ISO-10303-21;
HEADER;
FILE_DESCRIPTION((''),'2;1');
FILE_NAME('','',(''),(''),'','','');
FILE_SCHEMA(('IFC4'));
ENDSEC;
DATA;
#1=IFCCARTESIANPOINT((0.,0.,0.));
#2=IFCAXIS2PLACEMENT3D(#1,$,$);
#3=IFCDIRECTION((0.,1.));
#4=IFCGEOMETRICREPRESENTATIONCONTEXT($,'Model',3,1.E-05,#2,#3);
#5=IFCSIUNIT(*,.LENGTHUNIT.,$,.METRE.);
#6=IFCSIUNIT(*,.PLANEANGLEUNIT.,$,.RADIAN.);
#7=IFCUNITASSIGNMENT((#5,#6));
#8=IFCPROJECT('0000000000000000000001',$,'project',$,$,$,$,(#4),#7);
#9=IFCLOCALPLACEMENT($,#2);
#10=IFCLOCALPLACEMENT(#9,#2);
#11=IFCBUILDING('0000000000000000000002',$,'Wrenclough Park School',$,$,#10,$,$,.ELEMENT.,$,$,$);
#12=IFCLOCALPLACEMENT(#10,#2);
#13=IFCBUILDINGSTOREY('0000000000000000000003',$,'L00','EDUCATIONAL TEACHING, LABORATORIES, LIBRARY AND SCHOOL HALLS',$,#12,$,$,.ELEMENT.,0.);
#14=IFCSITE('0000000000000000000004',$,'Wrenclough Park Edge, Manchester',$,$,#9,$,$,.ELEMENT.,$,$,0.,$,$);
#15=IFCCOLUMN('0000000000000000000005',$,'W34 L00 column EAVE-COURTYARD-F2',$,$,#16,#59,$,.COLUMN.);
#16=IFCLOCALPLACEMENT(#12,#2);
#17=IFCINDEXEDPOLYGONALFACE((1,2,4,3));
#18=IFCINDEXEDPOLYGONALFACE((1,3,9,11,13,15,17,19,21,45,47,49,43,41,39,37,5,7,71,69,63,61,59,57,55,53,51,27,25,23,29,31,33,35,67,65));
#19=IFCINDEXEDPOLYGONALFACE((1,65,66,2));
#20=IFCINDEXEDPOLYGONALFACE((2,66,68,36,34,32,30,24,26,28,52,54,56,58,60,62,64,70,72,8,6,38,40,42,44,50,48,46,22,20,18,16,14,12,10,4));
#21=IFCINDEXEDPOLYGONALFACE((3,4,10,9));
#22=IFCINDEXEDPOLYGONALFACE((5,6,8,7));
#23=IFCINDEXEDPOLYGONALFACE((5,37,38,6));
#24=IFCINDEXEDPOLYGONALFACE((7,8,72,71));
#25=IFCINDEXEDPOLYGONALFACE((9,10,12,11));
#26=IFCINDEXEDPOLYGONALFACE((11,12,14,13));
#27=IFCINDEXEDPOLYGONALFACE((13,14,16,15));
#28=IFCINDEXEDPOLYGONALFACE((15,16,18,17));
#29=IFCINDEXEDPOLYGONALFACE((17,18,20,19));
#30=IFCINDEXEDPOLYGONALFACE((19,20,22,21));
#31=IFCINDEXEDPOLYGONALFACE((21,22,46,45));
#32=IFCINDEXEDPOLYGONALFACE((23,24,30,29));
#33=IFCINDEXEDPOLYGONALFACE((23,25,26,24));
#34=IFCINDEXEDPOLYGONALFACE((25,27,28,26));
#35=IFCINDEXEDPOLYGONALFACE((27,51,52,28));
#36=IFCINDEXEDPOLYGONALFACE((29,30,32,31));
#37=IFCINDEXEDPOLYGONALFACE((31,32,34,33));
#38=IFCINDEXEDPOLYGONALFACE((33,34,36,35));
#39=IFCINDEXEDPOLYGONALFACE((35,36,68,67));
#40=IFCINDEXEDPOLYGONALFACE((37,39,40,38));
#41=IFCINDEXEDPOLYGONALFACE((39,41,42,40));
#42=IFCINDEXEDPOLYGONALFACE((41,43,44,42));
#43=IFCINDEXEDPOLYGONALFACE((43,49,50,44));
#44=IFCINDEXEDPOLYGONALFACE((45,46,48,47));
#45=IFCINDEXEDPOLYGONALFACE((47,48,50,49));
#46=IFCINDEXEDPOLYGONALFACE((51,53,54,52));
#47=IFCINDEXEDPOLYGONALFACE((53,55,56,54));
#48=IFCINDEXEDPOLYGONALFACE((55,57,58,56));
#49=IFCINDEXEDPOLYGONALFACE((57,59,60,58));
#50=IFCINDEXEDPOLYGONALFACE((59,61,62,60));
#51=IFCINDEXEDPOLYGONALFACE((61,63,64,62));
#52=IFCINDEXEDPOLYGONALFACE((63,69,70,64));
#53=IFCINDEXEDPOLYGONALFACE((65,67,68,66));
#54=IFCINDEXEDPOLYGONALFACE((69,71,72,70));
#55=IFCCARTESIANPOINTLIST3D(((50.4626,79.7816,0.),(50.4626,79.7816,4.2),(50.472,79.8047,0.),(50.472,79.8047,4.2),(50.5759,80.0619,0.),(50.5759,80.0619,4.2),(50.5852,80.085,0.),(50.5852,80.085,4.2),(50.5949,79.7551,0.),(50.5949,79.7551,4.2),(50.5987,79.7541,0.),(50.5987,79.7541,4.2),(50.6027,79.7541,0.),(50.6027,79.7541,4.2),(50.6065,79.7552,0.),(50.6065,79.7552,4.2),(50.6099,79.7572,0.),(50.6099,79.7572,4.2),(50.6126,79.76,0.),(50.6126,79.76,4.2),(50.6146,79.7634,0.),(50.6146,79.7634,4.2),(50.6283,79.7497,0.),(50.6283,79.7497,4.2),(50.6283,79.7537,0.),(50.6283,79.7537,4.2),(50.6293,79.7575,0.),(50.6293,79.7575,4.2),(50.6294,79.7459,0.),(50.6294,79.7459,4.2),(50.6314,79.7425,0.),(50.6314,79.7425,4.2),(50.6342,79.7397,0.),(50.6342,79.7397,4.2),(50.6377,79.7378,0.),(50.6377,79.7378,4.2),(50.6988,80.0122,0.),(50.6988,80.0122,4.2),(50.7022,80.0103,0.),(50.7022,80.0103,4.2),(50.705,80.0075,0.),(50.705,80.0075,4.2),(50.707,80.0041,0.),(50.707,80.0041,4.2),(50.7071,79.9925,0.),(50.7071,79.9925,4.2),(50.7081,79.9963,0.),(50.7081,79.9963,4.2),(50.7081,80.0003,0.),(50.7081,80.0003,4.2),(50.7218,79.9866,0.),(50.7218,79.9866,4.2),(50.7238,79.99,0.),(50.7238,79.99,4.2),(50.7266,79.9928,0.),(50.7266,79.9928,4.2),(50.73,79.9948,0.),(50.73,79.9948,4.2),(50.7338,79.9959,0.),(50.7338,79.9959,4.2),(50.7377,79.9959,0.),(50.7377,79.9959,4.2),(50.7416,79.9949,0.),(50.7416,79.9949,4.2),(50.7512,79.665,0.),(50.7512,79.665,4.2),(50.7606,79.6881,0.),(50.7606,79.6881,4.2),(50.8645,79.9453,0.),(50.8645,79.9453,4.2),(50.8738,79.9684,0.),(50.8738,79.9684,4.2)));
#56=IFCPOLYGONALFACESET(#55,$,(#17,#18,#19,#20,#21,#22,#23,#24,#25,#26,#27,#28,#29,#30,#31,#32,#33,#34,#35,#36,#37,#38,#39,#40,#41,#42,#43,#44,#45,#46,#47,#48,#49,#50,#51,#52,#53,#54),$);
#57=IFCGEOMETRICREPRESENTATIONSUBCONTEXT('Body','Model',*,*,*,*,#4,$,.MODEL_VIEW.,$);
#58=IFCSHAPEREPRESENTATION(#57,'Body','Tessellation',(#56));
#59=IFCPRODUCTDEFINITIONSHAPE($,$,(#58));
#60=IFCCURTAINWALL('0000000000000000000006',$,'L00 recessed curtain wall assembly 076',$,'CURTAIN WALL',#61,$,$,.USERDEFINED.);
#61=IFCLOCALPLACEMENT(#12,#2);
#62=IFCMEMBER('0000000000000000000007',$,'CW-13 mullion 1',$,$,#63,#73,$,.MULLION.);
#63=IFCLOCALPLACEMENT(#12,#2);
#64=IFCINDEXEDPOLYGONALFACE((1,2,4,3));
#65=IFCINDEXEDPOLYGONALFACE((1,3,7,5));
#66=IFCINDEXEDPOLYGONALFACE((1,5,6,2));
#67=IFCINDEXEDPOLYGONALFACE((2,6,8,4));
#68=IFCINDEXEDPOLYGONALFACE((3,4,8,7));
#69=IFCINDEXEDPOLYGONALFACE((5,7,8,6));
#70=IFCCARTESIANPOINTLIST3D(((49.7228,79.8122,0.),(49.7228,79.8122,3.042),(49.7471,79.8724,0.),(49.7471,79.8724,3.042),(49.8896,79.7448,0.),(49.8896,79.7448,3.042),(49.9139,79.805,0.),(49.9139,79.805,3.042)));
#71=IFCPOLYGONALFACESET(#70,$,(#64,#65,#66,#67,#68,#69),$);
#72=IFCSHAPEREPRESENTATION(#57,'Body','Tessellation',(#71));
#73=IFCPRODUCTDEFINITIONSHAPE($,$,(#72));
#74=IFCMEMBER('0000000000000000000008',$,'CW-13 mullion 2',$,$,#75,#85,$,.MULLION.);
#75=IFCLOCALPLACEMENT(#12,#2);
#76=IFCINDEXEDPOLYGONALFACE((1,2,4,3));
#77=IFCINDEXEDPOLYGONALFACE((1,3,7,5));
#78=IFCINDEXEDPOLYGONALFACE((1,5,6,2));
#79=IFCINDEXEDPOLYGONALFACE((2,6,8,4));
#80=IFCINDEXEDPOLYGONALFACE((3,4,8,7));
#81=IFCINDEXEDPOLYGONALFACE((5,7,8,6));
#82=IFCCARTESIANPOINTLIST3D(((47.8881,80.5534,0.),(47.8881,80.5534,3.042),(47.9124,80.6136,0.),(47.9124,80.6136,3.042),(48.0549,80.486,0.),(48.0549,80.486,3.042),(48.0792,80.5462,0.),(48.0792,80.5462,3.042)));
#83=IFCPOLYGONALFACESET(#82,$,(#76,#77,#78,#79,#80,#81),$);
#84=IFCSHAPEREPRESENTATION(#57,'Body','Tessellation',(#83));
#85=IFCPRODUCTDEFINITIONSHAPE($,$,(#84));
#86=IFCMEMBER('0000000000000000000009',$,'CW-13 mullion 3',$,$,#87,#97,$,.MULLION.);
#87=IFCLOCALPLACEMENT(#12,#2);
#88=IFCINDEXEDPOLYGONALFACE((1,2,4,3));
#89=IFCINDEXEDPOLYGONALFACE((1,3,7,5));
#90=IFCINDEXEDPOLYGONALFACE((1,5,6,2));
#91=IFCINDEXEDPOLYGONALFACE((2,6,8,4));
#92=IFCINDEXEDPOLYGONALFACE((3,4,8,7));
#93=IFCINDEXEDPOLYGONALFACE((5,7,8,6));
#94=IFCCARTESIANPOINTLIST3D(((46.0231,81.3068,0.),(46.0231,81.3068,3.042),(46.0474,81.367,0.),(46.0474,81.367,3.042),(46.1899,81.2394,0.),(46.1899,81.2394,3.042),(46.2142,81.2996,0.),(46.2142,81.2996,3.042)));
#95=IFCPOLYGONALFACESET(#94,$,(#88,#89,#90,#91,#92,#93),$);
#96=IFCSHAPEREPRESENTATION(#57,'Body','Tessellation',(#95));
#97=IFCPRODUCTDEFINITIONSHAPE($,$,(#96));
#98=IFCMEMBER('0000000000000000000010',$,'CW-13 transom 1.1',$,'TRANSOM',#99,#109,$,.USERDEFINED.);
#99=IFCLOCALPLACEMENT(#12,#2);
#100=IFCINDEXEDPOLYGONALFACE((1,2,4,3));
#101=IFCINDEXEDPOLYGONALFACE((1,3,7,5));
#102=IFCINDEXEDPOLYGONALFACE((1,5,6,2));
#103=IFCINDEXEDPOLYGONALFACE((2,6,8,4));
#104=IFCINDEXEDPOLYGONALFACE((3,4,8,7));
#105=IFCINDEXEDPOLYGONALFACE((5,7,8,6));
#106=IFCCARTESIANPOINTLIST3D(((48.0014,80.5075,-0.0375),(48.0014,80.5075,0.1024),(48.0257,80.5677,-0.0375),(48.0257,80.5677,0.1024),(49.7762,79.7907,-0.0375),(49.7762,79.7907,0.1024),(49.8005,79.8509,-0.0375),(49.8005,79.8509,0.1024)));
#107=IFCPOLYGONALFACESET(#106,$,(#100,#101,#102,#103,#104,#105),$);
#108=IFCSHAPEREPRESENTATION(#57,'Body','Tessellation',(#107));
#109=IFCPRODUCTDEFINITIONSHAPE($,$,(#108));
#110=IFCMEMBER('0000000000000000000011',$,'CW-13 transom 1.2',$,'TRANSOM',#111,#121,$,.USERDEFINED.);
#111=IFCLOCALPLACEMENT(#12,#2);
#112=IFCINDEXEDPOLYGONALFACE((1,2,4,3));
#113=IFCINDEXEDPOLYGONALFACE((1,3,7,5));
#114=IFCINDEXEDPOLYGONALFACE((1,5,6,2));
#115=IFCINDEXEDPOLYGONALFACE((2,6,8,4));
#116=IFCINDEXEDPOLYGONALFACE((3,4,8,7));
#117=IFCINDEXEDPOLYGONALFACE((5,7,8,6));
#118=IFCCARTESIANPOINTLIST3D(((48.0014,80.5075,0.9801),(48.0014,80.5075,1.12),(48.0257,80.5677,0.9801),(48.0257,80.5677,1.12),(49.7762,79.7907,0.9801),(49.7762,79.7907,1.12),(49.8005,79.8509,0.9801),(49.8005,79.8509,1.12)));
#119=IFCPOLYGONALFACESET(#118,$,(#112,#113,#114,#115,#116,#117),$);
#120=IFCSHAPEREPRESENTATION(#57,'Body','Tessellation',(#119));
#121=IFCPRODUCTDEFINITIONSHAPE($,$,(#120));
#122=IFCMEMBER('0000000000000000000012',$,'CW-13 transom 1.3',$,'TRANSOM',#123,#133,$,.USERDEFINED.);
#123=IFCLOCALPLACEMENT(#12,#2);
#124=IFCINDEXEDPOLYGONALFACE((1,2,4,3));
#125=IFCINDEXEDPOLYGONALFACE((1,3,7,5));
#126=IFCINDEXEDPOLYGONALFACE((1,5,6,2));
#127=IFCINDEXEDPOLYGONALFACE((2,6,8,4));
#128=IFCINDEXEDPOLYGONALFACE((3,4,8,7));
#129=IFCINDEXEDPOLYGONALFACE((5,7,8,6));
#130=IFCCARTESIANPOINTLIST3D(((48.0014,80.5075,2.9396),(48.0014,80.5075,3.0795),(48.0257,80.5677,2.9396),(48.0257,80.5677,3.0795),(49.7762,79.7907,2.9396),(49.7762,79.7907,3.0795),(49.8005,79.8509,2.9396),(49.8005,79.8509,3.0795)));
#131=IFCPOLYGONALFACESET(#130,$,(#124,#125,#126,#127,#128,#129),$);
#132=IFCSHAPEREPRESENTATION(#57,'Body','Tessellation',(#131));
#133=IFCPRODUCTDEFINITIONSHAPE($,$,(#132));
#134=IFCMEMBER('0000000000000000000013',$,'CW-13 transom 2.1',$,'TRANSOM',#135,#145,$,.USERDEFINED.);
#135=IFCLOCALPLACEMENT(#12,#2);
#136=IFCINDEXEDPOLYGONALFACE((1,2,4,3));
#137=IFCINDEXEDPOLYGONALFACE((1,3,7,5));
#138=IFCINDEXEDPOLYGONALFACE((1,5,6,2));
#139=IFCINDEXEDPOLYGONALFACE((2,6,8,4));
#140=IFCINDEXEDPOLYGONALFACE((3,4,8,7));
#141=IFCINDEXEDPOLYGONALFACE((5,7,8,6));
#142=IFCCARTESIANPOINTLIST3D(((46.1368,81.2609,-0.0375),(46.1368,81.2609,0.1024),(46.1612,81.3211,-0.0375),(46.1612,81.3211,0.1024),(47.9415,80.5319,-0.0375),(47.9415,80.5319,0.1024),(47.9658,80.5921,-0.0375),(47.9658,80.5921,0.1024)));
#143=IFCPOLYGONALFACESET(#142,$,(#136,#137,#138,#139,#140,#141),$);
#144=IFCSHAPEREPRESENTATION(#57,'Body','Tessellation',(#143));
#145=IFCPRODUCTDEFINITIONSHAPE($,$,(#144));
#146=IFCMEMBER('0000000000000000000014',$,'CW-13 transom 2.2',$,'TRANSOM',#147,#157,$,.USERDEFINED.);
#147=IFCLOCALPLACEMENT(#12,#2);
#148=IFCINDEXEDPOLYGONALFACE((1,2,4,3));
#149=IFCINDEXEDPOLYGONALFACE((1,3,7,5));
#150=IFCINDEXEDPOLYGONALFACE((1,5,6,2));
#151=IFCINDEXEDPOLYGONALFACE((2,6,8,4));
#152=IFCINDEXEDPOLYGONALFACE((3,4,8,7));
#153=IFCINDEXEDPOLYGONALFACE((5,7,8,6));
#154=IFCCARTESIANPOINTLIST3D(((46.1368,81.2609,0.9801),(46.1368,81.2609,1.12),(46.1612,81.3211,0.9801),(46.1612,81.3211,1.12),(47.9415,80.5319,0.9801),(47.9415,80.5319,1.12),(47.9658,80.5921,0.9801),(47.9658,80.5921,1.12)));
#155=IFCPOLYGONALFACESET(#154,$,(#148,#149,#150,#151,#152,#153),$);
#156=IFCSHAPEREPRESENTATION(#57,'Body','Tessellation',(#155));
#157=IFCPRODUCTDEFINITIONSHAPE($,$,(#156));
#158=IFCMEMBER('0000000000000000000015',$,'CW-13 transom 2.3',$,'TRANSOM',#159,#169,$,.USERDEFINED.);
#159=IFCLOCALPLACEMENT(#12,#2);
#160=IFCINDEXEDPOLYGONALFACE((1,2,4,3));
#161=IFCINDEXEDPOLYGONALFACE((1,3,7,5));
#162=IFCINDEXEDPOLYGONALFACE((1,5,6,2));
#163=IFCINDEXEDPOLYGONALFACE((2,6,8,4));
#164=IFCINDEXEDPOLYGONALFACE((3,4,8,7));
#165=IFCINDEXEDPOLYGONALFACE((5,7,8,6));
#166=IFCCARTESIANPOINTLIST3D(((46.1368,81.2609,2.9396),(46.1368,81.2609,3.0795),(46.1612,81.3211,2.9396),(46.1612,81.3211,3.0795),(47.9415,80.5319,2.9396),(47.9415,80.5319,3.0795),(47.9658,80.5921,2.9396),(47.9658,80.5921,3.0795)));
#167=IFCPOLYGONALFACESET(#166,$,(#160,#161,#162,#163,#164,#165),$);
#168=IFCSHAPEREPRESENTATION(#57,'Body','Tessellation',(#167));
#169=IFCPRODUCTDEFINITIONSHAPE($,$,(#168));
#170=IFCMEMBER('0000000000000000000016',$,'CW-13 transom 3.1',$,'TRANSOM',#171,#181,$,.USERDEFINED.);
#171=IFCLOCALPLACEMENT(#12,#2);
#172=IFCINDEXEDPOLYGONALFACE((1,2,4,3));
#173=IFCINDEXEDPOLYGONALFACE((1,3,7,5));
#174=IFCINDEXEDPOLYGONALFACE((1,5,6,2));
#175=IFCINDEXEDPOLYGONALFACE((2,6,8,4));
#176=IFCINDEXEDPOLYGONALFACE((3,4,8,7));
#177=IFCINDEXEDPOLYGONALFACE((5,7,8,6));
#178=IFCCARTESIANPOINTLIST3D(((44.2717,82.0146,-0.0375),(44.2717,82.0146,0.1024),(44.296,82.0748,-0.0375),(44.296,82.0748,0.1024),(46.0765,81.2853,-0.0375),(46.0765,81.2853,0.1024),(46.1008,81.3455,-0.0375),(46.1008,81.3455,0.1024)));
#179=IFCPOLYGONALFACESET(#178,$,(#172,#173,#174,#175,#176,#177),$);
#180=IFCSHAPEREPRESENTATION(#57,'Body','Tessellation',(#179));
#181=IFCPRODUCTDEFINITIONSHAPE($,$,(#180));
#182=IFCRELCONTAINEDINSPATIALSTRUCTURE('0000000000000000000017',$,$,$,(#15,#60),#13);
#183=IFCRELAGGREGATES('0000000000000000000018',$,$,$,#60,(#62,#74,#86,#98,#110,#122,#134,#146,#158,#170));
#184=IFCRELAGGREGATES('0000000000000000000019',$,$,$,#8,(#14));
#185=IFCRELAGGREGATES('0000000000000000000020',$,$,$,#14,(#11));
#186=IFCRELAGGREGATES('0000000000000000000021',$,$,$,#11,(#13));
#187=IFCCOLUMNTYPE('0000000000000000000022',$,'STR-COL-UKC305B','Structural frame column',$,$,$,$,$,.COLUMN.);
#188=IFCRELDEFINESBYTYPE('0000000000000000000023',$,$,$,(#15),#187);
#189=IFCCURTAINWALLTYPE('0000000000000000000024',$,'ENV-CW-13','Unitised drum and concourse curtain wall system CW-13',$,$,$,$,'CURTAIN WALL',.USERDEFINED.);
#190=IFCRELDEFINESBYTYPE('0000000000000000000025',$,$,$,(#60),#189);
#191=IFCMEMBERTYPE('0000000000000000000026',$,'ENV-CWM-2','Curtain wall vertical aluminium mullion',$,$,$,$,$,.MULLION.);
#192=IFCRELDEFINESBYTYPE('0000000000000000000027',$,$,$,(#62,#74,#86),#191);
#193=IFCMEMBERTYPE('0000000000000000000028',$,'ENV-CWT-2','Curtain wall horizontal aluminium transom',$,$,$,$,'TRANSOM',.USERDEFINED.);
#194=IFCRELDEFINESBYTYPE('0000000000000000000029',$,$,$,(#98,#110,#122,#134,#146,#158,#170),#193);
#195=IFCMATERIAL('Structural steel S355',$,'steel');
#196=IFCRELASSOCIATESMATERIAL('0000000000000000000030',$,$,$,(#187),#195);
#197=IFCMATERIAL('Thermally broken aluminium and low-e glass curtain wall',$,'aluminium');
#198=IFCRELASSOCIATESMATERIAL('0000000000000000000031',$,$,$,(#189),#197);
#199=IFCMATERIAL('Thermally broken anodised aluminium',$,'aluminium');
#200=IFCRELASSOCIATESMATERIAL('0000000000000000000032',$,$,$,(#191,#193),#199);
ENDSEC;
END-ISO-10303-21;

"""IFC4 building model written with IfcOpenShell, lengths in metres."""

from ifc_helpers import new_model, si_unit, direction, frame, origin, origin_2d, place, context, subcontext, project, spatial, rectangle, i_section, extrude, material, material_profile, profile_set, type_object, element, aggregate, save


model = new_model("IFC4")

# Units and contexts
model_context = context("Model", 3, precision=1e-05, world=origin(), true_north=direction((0.0, 1.0)))
body_context = subcontext(model_context, "Body", "Model", "MODEL_VIEW")
ifc_project = project(units=[si_unit("LENGTHUNIT", "METRE"), si_unit("PLANEANGLEUNIT", "RADIAN")], contexts=[model_context])

# Site, building, storey
site_placement = place(None, origin())
site = spatial("IfcSite", under=ifc_project, at=site_placement, Name="Wrenclough Park Edge, Manchester", CompositionType="ELEMENT", RefElevation=0.0)
building_placement = place(site_placement, origin())
building = spatial("IfcBuilding", under=site, at=building_placement, Name="Wrenclough Park School", CompositionType="ELEMENT")
storey_placement = place(building_placement, origin())
storey = spatial("IfcBuildingStorey", under=building, at=storey_placement, Name="L00", Description="EDUCATIONAL TEACHING, LABORATORIES, LIBRARY AND SCHOOL HALLS", CompositionType="ELEMENT", Elevation=0.0)

# Column
ifc_material_1 = material(Name="Structural steel S355", Category="steel")
ifc_material_profile_1 = material_profile(ifc_material_1, i_section(OverallWidth=0.3113, OverallDepth=0.3271, WebThickness=0.0159, FlangeThickness=0.0249, FilletRadius=0.0151, at=origin_2d()), Name="UKC 305x305x158")
ifc_profile_set_1 = profile_set([ifc_material_profile_1], Name="Structural steel S355")
column_type = type_object("IfcColumnType", Name="STR-COL-UKC305B", Description="Structural frame column", PredefinedType="COLUMN", material=ifc_profile_set_1)
column_placement = place(storey_placement, frame((50.6682, 79.875, 0.0), z_axis=(0.0, 0.0, 1.0), x_axis=(0.927184, -0.374607, 0.0)))
element("IfcColumn", 1, at=column_placement, inside=storey, type_object=column_type, Name="W34 L00 column EAVE-COURTYARD-F2", PredefinedType="COLUMN", context=body_context, shape_type="SweptSolid", body=[
    extrude(i_section(OverallWidth=0.3113, OverallDepth=0.3271, WebThickness=0.0159, FlangeThickness=0.0249, FilletRadius=0.0151, at=origin_2d()), origin(), (0.0, 0.0, 1.0), 4.2),
])

# Curtain wall, members
ifc_material_2 = material(Name="Thermally broken aluminium and low-e glass curtain wall", Category="aluminium")
curtain_wall_type = type_object("IfcCurtainWallType", Name="ENV-CW-13", Description="Unitised drum and concourse curtain wall system CW-13", ElementType="CURTAIN WALL", PredefinedType="USERDEFINED", material=ifc_material_2)
curtain_wall_placement = place(storey_placement, origin())
curtain_wall = element("IfcCurtainWall", 2, at=curtain_wall_placement, inside=storey, type_object=curtain_wall_type, Name="L00 recessed curtain wall assembly 076", ObjectType="CURTAIN WALL", PredefinedType="USERDEFINED")
ifc_material_3 = material(Name="Thermally broken anodised aluminium", Category="aluminium")
ifc_material_profile_2 = material_profile(ifc_material_3, rectangle(XDim=0.0649, YDim=0.1799, at=origin_2d()), Name="AL MULLION 65x180")
ifc_profile_set_2 = profile_set([ifc_material_profile_2], Name="Thermally broken anodised aluminium")
member_type_1 = type_object("IfcMemberType", Name="ENV-CWM-2", Description="Curtain wall vertical aluminium mullion", PredefinedType="MULLION", material=ifc_profile_set_2)
member_1_placement = place(storey_placement, frame((49.8184, 79.8086, 0.0), z_axis=(0.0, 0.0, 1.0), x_axis=(-0.374603, -0.927185, 0.0)))
member_1 = element("IfcMember", 3, at=member_1_placement, type_object=member_type_1, Name="CW-13 mullion 1", PredefinedType="MULLION", context=body_context, shape_type="SweptSolid", body=[
    extrude(rectangle(XDim=0.0649, YDim=0.1799, at=origin_2d()), origin(), (0.0, 0.0, 1.0), 3.042),
])
member_2_placement = place(storey_placement, frame((47.9836, 80.5498, 0.0), z_axis=(0.0, 0.0, 1.0), x_axis=(-0.374603, -0.927185, 0.0)))
member_2 = element("IfcMember", 4, at=member_2_placement, type_object=member_type_1, Name="CW-13 mullion 2", PredefinedType="MULLION", context=body_context, shape_type="SweptSolid", body=[
    extrude(rectangle(XDim=0.0649, YDim=0.1799, at=origin_2d()), origin(), (0.0, 0.0, 1.0), 3.042),
])
member_3_placement = place(storey_placement, frame((46.1187, 81.3032, 0.0), z_axis=(0.0, 0.0, 1.0), x_axis=(-0.374603, -0.927185, 0.0)))
member_3 = element("IfcMember", 5, at=member_3_placement, type_object=member_type_1, Name="CW-13 mullion 3", PredefinedType="MULLION", context=body_context, shape_type="SweptSolid", body=[
    extrude(rectangle(XDim=0.0649, YDim=0.1799, at=origin_2d()), origin(), (0.0, 0.0, 1.0), 3.042),
])
ifc_material_profile_3 = material_profile(ifc_material_3, rectangle(XDim=0.0649, YDim=0.1399, at=origin_2d()), Name="AL TRANSOM 65x140")
ifc_profile_set_3 = profile_set([ifc_material_profile_3], Name="Thermally broken anodised aluminium")
member_type_2 = type_object("IfcMemberType", Name="ENV-CWT-2", Description="Curtain wall horizontal aluminium transom", ElementType="TRANSOM", PredefinedType="USERDEFINED", material=ifc_profile_set_3)
member_4_placement = place(storey_placement, frame((49.7883, 79.8208, 0.0325), z_axis=(-0.927222, 0.374512, 0.0), x_axis=(-0.374512, -0.927222, 0.0)))
member_4 = element("IfcMember", 6, at=member_4_placement, type_object=member_type_2, Name="CW-13 transom 1.1", ObjectType="TRANSOM", PredefinedType="USERDEFINED", context=body_context, shape_type="SweptSolid", body=[
    extrude(rectangle(XDim=0.0649, YDim=0.1399, at=origin_2d()), origin(), (0.0, 0.0, 1.0), 1.9141),
])
member_5_placement = place(storey_placement, frame((49.7883, 79.8208, 1.05), z_axis=(-0.927222, 0.374512, 0.0), x_axis=(-0.374512, -0.927222, 0.0)))
member_5 = element("IfcMember", 7, at=member_5_placement, type_object=member_type_2, Name="CW-13 transom 1.2", ObjectType="TRANSOM", PredefinedType="USERDEFINED", context=body_context, shape_type="SweptSolid", body=[
    extrude(rectangle(XDim=0.0649, YDim=0.1399, at=origin_2d()), origin(), (0.0, 0.0, 1.0), 1.9141),
])
member_6_placement = place(storey_placement, frame((49.7883, 79.8208, 3.0095), z_axis=(-0.927222, 0.374512, 0.0), x_axis=(-0.374512, -0.927222, 0.0)))
member_6 = element("IfcMember", 8, at=member_6_placement, type_object=member_type_2, Name="CW-13 transom 1.3", ObjectType="TRANSOM", PredefinedType="USERDEFINED", context=body_context, shape_type="SweptSolid", body=[
    extrude(rectangle(XDim=0.0649, YDim=0.1399, at=origin_2d()), origin(), (0.0, 0.0, 1.0), 1.9141),
])
member_7_placement = place(storey_placement, frame((47.9536, 80.562, 0.0325), z_axis=(-0.927208, 0.374546, 0.0), x_axis=(-0.374546, -0.927208, 0.0)))
member_7 = element("IfcMember", 9, at=member_7_placement, type_object=member_type_2, Name="CW-13 transom 2.1", ObjectType="TRANSOM", PredefinedType="USERDEFINED", context=body_context, shape_type="SweptSolid", body=[
    extrude(rectangle(XDim=0.0649, YDim=0.1399, at=origin_2d()), origin(), (0.0, 0.0, 1.0), 1.9463),
])
member_8_placement = place(storey_placement, frame((47.9536, 80.562, 1.05), z_axis=(-0.927208, 0.374546, 0.0), x_axis=(-0.374546, -0.927208, 0.0)))
member_8 = element("IfcMember", 10, at=member_8_placement, type_object=member_type_2, Name="CW-13 transom 2.2", ObjectType="TRANSOM", PredefinedType="USERDEFINED", context=body_context, shape_type="SweptSolid", body=[
    extrude(rectangle(XDim=0.0649, YDim=0.1399, at=origin_2d()), origin(), (0.0, 0.0, 1.0), 1.9463),
])
member_9_placement = place(storey_placement, frame((47.9536, 80.562, 3.0095), z_axis=(-0.927208, 0.374546, 0.0), x_axis=(-0.374546, -0.927208, 0.0)))
member_9 = element("IfcMember", 11, at=member_9_placement, type_object=member_type_2, Name="CW-13 transom 2.3", ObjectType="TRANSOM", PredefinedType="USERDEFINED", context=body_context, shape_type="SweptSolid", body=[
    extrude(rectangle(XDim=0.0649, YDim=0.1399, at=origin_2d()), origin(), (0.0, 0.0, 1.0), 1.9463),
])
member_10_placement = place(storey_placement, frame((46.0886, 81.3154, 0.0325), z_axis=(-0.927165, 0.374654, 0.0), x_axis=(-0.374654, -0.927165, 0.0)))
member_10 = element("IfcMember", 12, at=member_10_placement, type_object=member_type_2, Name="CW-13 transom 3.1", ObjectType="TRANSOM", PredefinedType="USERDEFINED", context=body_context, shape_type="SweptSolid", body=[
    extrude(rectangle(XDim=0.0649, YDim=0.1399, at=origin_2d()), origin(), (0.0, 0.0, 1.0), 1.9465),
])

aggregate(curtain_wall, [member_1, member_2, member_3, member_4, member_5, member_6, member_7, member_8, member_9, member_10])

save(model, "model.ifc")
